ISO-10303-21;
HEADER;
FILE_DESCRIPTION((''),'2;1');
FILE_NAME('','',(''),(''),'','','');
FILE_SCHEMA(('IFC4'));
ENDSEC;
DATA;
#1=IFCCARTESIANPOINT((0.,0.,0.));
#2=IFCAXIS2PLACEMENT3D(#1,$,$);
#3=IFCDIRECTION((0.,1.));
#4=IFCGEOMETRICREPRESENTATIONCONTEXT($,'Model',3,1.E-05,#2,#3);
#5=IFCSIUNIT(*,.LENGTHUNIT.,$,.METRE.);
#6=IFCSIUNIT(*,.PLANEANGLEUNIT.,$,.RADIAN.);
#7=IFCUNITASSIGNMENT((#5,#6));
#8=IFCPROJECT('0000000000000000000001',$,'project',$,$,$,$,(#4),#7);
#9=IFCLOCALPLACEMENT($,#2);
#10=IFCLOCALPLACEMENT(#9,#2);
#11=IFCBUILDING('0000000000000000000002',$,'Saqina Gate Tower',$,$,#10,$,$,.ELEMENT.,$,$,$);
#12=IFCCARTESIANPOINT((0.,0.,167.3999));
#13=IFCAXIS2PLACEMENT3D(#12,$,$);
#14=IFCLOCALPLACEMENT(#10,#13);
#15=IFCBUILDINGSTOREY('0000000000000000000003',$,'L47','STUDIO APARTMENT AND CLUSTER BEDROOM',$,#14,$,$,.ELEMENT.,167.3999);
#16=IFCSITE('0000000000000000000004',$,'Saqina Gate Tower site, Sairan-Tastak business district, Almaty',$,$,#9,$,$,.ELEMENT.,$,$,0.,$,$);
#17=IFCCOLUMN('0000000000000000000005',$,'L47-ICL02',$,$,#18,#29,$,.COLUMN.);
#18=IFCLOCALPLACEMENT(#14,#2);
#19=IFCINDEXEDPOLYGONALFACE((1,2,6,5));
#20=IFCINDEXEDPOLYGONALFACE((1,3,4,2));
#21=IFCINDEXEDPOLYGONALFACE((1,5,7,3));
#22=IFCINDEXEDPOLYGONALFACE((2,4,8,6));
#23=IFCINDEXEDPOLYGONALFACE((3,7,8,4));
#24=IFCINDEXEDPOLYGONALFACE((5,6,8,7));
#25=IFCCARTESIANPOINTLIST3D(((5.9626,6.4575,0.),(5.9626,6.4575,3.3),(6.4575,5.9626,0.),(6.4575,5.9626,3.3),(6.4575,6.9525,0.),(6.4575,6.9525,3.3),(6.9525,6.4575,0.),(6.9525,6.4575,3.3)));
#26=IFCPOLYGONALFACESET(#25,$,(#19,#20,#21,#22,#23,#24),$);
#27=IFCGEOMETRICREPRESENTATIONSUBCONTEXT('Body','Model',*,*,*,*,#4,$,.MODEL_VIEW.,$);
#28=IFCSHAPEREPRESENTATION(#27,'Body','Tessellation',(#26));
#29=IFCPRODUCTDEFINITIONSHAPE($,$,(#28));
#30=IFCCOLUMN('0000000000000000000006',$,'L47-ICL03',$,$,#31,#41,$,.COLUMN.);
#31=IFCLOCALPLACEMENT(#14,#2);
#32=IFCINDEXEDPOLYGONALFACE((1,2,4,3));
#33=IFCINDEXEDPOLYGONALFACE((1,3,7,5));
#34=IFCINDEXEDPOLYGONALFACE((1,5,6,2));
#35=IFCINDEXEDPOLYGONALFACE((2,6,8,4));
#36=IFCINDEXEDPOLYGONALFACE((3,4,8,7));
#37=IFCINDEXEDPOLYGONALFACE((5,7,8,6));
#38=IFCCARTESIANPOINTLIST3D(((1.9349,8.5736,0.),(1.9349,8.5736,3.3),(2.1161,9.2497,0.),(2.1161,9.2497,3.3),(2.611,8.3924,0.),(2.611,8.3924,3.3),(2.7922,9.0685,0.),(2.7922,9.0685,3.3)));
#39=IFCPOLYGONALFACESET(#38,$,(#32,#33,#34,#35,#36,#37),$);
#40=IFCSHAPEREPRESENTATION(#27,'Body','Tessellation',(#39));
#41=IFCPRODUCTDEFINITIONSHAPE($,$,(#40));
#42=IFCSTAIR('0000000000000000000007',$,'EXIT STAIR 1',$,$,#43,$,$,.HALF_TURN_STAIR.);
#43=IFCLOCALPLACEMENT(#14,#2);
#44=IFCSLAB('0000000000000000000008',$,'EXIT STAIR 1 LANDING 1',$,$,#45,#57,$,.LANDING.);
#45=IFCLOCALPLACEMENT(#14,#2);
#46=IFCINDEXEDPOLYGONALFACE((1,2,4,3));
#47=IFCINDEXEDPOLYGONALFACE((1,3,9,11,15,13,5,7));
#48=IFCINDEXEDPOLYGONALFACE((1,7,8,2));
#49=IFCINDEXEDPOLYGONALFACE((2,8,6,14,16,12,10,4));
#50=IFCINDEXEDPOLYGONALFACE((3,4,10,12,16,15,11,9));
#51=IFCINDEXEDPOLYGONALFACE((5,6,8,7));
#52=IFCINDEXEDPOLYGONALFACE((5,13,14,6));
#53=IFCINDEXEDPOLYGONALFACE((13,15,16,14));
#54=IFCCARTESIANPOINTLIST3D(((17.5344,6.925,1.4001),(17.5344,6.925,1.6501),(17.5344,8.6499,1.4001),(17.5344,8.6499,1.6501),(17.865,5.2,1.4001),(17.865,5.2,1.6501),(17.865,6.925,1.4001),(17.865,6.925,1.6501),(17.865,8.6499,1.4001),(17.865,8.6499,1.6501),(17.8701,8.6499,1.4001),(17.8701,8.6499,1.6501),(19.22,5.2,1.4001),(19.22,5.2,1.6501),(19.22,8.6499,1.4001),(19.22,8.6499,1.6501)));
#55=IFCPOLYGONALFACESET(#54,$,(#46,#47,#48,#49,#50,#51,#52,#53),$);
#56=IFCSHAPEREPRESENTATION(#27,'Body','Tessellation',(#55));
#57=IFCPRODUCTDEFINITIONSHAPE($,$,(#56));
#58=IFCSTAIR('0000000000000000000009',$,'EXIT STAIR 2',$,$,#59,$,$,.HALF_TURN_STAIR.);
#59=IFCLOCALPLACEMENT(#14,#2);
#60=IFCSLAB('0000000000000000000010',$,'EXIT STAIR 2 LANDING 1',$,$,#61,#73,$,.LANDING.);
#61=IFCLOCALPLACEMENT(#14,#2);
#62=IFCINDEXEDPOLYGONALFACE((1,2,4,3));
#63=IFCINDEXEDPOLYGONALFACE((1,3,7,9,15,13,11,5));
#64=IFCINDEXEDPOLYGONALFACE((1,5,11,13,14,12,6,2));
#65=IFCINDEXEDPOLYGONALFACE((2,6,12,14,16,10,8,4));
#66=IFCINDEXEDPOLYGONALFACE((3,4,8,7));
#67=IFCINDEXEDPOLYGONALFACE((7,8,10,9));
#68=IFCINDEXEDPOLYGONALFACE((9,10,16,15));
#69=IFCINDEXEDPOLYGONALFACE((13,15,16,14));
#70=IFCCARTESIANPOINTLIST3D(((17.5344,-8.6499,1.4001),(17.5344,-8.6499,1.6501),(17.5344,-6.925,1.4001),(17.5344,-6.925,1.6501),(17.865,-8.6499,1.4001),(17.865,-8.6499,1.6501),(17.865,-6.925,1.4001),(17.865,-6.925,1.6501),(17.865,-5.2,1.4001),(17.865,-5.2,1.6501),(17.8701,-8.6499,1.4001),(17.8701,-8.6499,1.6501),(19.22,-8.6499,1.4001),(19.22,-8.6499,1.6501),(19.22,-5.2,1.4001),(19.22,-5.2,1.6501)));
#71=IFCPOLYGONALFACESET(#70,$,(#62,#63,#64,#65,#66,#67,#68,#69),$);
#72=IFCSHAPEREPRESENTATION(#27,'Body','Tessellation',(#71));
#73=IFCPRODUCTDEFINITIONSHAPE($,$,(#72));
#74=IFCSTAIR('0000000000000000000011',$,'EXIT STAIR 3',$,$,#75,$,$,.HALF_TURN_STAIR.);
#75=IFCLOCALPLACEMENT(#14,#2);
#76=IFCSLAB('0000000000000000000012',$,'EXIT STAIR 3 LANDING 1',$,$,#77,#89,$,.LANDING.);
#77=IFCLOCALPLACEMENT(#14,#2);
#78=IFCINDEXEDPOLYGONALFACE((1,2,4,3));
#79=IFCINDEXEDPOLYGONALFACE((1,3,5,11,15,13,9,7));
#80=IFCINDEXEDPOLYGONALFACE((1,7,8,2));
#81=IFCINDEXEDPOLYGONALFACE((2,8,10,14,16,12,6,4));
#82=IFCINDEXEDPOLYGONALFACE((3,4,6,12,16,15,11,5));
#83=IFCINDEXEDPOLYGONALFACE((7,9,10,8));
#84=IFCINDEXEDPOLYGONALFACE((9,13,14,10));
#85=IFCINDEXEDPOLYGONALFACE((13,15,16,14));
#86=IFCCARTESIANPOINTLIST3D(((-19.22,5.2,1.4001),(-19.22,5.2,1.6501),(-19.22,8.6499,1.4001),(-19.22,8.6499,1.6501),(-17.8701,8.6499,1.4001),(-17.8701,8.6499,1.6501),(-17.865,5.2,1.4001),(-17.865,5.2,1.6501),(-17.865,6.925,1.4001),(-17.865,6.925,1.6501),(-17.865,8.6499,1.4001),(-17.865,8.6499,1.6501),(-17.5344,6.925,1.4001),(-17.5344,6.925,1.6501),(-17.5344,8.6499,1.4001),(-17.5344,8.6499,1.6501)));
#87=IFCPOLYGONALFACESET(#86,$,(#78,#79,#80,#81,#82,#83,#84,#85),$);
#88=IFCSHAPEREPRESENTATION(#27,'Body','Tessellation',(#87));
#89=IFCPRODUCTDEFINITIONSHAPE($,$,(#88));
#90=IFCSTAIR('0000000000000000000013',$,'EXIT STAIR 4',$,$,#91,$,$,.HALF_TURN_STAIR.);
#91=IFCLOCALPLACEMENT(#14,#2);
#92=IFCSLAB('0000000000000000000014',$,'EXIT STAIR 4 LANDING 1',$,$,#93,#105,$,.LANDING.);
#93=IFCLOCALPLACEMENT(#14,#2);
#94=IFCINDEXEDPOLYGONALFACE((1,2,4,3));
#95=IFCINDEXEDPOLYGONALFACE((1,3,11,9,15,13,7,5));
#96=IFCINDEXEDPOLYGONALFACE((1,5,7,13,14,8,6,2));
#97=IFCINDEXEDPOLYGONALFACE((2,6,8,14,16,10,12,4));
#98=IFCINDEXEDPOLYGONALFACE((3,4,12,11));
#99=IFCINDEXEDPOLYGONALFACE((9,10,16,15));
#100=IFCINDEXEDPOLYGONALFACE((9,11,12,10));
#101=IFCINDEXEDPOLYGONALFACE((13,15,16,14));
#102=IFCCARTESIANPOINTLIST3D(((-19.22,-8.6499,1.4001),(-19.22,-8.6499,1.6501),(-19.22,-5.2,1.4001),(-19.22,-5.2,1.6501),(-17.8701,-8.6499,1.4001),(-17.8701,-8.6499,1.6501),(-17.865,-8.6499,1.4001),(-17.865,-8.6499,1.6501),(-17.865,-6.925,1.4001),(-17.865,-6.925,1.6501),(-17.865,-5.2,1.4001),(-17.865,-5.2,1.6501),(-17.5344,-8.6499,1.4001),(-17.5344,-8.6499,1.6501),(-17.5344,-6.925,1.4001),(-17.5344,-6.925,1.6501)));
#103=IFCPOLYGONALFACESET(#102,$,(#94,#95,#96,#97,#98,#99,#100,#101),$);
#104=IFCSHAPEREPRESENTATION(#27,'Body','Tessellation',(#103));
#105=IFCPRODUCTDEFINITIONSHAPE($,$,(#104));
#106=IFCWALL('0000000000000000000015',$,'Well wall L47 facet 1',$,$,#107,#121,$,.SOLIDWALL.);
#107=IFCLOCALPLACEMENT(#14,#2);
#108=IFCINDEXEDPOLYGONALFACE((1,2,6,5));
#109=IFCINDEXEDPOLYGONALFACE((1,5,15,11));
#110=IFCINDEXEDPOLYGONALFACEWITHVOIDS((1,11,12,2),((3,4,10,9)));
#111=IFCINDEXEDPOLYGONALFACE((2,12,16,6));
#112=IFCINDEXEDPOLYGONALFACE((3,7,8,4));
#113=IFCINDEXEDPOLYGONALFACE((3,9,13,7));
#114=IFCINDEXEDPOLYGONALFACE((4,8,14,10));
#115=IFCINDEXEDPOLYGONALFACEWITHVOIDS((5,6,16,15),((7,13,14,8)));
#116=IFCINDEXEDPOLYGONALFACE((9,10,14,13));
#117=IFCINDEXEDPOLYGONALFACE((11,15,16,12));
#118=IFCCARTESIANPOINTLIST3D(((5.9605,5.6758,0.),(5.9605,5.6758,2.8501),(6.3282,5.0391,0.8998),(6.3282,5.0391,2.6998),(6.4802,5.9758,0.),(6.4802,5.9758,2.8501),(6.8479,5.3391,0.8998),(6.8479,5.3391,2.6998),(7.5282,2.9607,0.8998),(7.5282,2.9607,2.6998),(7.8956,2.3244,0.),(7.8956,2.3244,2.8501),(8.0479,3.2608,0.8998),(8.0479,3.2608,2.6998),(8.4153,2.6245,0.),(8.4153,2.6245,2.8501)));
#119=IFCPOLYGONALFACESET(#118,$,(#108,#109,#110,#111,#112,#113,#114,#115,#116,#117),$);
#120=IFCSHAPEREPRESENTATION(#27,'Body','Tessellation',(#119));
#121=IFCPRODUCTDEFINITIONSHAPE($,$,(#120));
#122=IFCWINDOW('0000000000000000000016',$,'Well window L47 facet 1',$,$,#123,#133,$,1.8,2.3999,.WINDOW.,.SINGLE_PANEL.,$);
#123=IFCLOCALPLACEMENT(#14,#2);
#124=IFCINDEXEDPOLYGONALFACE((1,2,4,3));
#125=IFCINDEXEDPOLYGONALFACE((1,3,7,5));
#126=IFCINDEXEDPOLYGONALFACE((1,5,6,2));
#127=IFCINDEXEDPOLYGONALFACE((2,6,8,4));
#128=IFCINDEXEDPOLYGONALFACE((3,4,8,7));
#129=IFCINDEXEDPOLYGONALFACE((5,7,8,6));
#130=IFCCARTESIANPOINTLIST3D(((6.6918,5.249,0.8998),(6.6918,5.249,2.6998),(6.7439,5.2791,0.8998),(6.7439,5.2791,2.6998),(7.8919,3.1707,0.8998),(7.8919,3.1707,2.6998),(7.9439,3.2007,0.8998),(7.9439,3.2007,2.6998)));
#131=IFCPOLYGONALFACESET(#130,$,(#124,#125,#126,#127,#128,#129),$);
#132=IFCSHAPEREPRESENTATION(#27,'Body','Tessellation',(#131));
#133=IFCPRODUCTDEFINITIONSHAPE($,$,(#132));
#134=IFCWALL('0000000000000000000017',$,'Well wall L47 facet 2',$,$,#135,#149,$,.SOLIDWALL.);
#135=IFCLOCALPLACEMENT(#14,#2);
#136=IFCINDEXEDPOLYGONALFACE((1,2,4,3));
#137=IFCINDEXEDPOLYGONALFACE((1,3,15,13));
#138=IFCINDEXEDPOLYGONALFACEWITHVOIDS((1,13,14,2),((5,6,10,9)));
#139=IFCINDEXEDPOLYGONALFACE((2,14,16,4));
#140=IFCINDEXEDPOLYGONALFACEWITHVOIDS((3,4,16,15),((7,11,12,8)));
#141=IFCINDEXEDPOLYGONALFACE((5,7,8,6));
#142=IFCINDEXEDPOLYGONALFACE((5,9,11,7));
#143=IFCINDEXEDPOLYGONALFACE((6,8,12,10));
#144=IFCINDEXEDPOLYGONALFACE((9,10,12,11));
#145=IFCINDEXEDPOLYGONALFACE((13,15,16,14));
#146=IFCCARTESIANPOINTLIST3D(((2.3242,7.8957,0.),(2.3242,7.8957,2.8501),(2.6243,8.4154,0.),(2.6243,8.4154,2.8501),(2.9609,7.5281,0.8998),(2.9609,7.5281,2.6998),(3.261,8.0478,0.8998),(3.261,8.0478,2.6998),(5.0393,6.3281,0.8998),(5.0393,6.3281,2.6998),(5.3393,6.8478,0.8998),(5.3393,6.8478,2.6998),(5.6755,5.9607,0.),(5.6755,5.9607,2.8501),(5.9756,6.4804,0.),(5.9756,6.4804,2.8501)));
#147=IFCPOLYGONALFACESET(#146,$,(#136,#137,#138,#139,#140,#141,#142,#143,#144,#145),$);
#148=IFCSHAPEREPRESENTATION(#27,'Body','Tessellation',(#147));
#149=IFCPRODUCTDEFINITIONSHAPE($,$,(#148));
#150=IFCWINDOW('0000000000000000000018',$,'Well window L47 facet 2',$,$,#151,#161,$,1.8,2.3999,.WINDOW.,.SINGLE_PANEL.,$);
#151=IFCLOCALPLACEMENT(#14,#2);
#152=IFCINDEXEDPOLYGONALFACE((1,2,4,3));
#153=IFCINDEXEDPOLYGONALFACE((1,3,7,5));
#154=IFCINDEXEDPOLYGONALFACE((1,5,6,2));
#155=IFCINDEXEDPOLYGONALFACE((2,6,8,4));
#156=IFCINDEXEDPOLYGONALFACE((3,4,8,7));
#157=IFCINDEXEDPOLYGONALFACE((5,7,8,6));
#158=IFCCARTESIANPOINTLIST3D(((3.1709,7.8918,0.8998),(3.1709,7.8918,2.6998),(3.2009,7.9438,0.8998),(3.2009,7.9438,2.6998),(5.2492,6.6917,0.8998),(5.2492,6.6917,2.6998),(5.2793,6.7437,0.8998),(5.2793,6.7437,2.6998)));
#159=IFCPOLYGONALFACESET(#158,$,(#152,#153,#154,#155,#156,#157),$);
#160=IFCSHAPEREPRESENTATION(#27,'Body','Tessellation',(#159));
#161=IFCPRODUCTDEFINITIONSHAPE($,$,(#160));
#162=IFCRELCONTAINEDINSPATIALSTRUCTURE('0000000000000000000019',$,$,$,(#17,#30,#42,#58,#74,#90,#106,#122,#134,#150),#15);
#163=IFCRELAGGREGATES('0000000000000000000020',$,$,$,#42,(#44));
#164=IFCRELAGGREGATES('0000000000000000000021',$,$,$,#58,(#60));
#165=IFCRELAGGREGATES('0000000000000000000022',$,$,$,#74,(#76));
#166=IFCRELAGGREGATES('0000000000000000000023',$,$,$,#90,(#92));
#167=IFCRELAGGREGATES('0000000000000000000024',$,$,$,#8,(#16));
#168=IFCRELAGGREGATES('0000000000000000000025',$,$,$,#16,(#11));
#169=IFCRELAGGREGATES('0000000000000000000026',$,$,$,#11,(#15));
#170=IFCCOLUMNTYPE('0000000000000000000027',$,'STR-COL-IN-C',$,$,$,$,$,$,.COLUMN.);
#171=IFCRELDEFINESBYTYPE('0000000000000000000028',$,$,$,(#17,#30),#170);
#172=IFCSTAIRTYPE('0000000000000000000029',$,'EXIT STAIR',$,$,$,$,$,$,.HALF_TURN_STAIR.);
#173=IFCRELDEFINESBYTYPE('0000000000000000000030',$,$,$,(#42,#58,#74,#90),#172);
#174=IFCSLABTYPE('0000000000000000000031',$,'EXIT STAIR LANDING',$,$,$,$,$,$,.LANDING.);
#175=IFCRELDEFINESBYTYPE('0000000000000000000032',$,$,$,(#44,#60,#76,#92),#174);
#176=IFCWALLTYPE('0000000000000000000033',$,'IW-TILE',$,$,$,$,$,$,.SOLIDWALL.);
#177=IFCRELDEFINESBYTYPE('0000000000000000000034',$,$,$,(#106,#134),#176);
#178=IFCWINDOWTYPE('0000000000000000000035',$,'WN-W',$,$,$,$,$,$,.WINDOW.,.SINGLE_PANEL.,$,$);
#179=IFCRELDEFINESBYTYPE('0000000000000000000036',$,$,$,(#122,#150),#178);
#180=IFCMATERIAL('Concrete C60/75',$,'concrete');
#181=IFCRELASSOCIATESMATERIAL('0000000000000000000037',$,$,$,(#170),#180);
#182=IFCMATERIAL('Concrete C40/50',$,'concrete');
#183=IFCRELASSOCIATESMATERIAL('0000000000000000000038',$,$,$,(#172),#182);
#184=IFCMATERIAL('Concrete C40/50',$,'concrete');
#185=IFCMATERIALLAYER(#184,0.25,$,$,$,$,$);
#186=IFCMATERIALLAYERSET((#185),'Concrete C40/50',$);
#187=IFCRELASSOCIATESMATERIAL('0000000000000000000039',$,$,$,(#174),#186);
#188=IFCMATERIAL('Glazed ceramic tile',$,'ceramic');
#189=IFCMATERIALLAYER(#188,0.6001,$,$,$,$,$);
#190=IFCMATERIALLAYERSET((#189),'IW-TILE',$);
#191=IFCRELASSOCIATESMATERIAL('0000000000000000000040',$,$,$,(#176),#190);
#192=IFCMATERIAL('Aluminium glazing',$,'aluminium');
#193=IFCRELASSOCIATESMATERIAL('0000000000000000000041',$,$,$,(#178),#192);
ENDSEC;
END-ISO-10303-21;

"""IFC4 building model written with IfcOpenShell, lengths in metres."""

from ifc_helpers import new_model, si_unit, direction, frame, frame_2d, origin, origin_2d, place, context, subcontext, project, spatial, polyline, rectangle, outline, extrude, material, layer, layer_set, material_profile, profile_set, type_object, element, fill, aggregate, save


model = new_model("IFC4")

# Units and contexts
model_context = context("Model", 3, precision=1e-05, world=origin(), true_north=direction((0.0, 1.0)))
body_context = subcontext(model_context, "Body", "Model", "MODEL_VIEW")
ifc_project = project(units=[si_unit("LENGTHUNIT", "METRE"), si_unit("PLANEANGLEUNIT", "RADIAN")], contexts=[model_context])

# Site, building, storey
site_placement = place(None, origin())
site = spatial("IfcSite", under=ifc_project, at=site_placement, Name="Saqina Gate Tower site, Sairan-Tastak business district, Almaty", CompositionType="ELEMENT", RefElevation=0.0)
building_placement = place(site_placement, origin())
building = spatial("IfcBuilding", under=site, at=building_placement, Name="Saqina Gate Tower", CompositionType="ELEMENT")
storey_placement = place(building_placement, frame((0.0, 0.0, 167.3999)))
storey = spatial("IfcBuildingStorey", under=building, at=storey_placement, Name="L47", Description="STUDIO APARTMENT AND CLUSTER BEDROOM", CompositionType="ELEMENT", Elevation=167.3999)

# Columns
ifc_material_1 = material(Name="Concrete C60/75", Category="concrete")
ifc_material_profile = material_profile(ifc_material_1, rectangle(XDim=0.7, YDim=0.7, at=origin_2d()), Name="RC 700x700")
ifc_profile_set = profile_set([ifc_material_profile], Name="Concrete C60/75")
column_type = type_object("IfcColumnType", Name="STR-COL-IN-C", PredefinedType="COLUMN", material=ifc_profile_set)
for number, where, z_axis, x_axis, name in (
    (1, (6.4575, 6.4575, 0.0), (0.0, 0.0, 1.0), (0.707107, 0.707107, 0.0), "L47-ICL02"),
    (2, (2.3635, 8.821, 0.0), (0.0, 0.0, 1.0), (0.258819, 0.965926, 0.0), "L47-ICL03"),
):
    element("IfcColumn", number, at=place(storey_placement, frame(where, z_axis=z_axis, x_axis=x_axis)), inside=storey, type_object=column_type, Name=name, PredefinedType="COLUMN", context=body_context, shape_type="SweptSolid", body=[
        extrude(rectangle(XDim=0.7, YDim=0.7, at=origin_2d()), origin(), (0.0, 0.0, 1.0), 3.3),
    ])

# Stairs, slabs
ifc_material_2 = material(Name="Concrete C40/50", Category="concrete")
stair_type = type_object("IfcStairType", Name="EXIT STAIR", PredefinedType="HALF_TURN_STAIR", material=ifc_material_2)
stair_1_placement = place(storey_placement, origin())
stair_1 = element("IfcStair", 3, at=stair_1_placement, inside=storey, type_object=stair_type, Name="EXIT STAIR 1", PredefinedType="HALF_TURN_STAIR")
ifc_material_3 = material(Name="Concrete C40/50", Category="concrete")
ifc_layer_1 = layer(ifc_material_3, 0.25)
ifc_layer_set_1 = layer_set([ifc_layer_1], Name="Concrete C40/50")
slab_type = type_object("IfcSlabType", Name="EXIT STAIR LANDING", PredefinedType="LANDING", material=ifc_layer_set_1)
slab_1_placement = place(storey_placement, frame((0.0, 0.0, 1.4001)))
slab_1 = element("IfcSlab", 4, at=slab_1_placement, type_object=slab_type, Name="EXIT STAIR 1 LANDING 1", PredefinedType="LANDING", context=body_context, shape_type="SweptSolid", body=[
    extrude(outline(polyline([(19.22, 8.6499), (19.22, 5.2), (17.865, 5.2), (17.865, 6.925), (17.5344, 6.925), (17.5344, 8.6499), (17.865, 8.6499), (17.8701, 8.6499), (19.22, 8.6499)])), origin(), (0.0, 0.0, 1.0), 0.25),
])
aggregate(stair_1, [slab_1])
stair_2_placement = place(storey_placement, origin())
stair_2 = element("IfcStair", 5, at=stair_2_placement, inside=storey, type_object=stair_type, Name="EXIT STAIR 2", PredefinedType="HALF_TURN_STAIR")
slab_2_placement = place(storey_placement, frame((0.0, 0.0, 1.4001)))
slab_2 = element("IfcSlab", 6, at=slab_2_placement, type_object=slab_type, Name="EXIT STAIR 2 LANDING 1", PredefinedType="LANDING", context=body_context, shape_type="SweptSolid", body=[
    extrude(outline(polyline([(17.5344, -8.6499), (17.5344, -6.925), (17.865, -6.925), (17.865, -5.2), (19.22, -5.2), (19.22, -8.6499), (17.8701, -8.6499), (17.865, -8.6499), (17.5344, -8.6499)])), origin(), (0.0, 0.0, 1.0), 0.25),
])
aggregate(stair_2, [slab_2])
stair_3_placement = place(storey_placement, origin())
stair_3 = element("IfcStair", 7, at=stair_3_placement, inside=storey, type_object=stair_type, Name="EXIT STAIR 3", PredefinedType="HALF_TURN_STAIR")
slab_3_placement = place(storey_placement, frame((0.0, 0.0, 1.4001)))
slab_3 = element("IfcSlab", 8, at=slab_3_placement, type_object=slab_type, Name="EXIT STAIR 3 LANDING 1", PredefinedType="LANDING", context=body_context, shape_type="SweptSolid", body=[
    extrude(outline(polyline([(-17.865, 5.2), (-19.22, 5.2), (-19.22, 8.6499), (-17.8701, 8.6499), (-17.865, 8.6499), (-17.5344, 8.6499), (-17.5344, 6.925), (-17.865, 6.925), (-17.865, 5.2)])), origin(), (0.0, 0.0, 1.0), 0.25),
])
aggregate(stair_3, [slab_3])
stair_4_placement = place(storey_placement, origin())
stair_4 = element("IfcStair", 9, at=stair_4_placement, inside=storey, type_object=stair_type, Name="EXIT STAIR 4", PredefinedType="HALF_TURN_STAIR")
slab_4_placement = place(storey_placement, frame((0.0, 0.0, 1.4001)))
slab_4 = element("IfcSlab", 10, at=slab_4_placement, type_object=slab_type, Name="EXIT STAIR 4 LANDING 1", PredefinedType="LANDING", context=body_context, shape_type="SweptSolid", body=[
    extrude(outline(polyline([(-17.5344, -6.925), (-17.5344, -8.6499), (-17.865, -8.6499), (-17.8701, -8.6499), (-19.22, -8.6499), (-19.22, -5.2), (-17.865, -5.2), (-17.865, -6.925), (-17.5344, -6.925)])), origin(), (0.0, 0.0, 1.0), 0.25),
])
aggregate(stair_4, [slab_4])

# Walls, openings, windows
ifc_material_4 = material(Name="Glazed ceramic tile", Category="ceramic")
ifc_layer_2 = layer(ifc_material_4, 0.6001)
ifc_layer_set_2 = layer_set([ifc_layer_2], Name="IW-TILE")
wall_type_1 = type_object("IfcWallType", Name="IW-TILE", PredefinedType="SOLIDWALL", material=ifc_layer_set_2)
wall_1_placement = place(storey_placement, frame((8.1555, 2.4744, 0.0), z_axis=(0.0, 0.0, 1.0), x_axis=(-0.500034, 0.866006, 0.0)))
wall_1 = element("IfcWall", 11, at=wall_1_placement, inside=storey, type_object=wall_type_1, Name="Well wall L47 facet 1", PredefinedType="SOLIDWALL", context=body_context, shape_type="SweptSolid", body=[
    extrude(rectangle(XDim=3.8699, YDim=0.6001, at=frame_2d((1.9351, 0.0))), origin(), (0.0, 0.0, 1.0), 2.8501),
])
opening_1_placement = place(wall_1_placement, frame((0.7349, 0.0, 0.8999)))
opening_1 = element("IfcOpeningElement", 12, at=opening_1_placement, cuts=wall_1, PredefinedType="OPENING", context=body_context, shape_type="SweptSolid", body=[
    extrude(rectangle(XDim=2.3999, YDim=1.8, at=frame_2d((1.2, 0.8999))), frame((0.0, 0.312, 0.0), z_axis=(0.0, -1.0, 0.0), x_axis=(1.0, 0.0, 0.0)), (0.0, 0.0, 1.0), 0.624),
])
ifc_material_5 = material(Name="Aluminium glazing", Category="aluminium")
window_type = type_object("IfcWindowType", Name="WN-W", PartitioningType="SINGLE_PANEL", PredefinedType="WINDOW", material=ifc_material_5)
window_1_placement = place(opening_1_placement, origin())
window_1 = element("IfcWindow", 13, at=window_1_placement, inside=storey, type_object=window_type, Name="Well window L47 facet 1", OverallHeight=1.8, OverallWidth=2.3999, PartitioningType="SINGLE_PANEL", PredefinedType="WINDOW", context=body_context, shape_type="SweptSolid", body=[
    extrude(rectangle(XDim=2.3999, YDim=1.8, at=frame_2d((1.2, 0.8999))), frame((0.0, -0.1199, 0.0), z_axis=(0.0, -1.0, 0.0), x_axis=(1.0, 0.0, 0.0)), (0.0, 0.0, 1.0), 0.0601),
])
fill(opening_1, window_1)
wall_2_placement = place(storey_placement, frame((5.8257, 6.2205, 0.0), z_axis=(0.0, 0.0, 1.0), x_axis=(-0.866006, 0.500034, 0.0)))
wall_2 = element("IfcWall", 14, at=wall_2_placement, inside=storey, type_object=wall_type_1, Name="Well wall L47 facet 2", PredefinedType="SOLIDWALL", context=body_context, shape_type="SweptSolid", body=[
    extrude(rectangle(XDim=3.8699, YDim=0.6001, at=frame_2d((1.9351, 0.0))), origin(), (0.0, 0.0, 1.0), 2.8501),
])
opening_2_placement = place(wall_2_placement, frame((0.7349, 0.0, 0.8999)))
opening_2 = element("IfcOpeningElement", 15, at=opening_2_placement, cuts=wall_2, PredefinedType="OPENING", context=body_context, shape_type="SweptSolid", body=[
    extrude(rectangle(XDim=2.3999, YDim=1.8, at=frame_2d((1.2, 0.8999))), frame((0.0, 0.312, 0.0), z_axis=(0.0, -1.0, 0.0), x_axis=(1.0, 0.0, 0.0)), (0.0, 0.0, 1.0), 0.624),
])
window_2_placement = place(opening_2_placement, origin())
window_2 = element("IfcWindow", 16, at=window_2_placement, inside=storey, type_object=window_type, Name="Well window L47 facet 2", OverallHeight=1.8, OverallWidth=2.3999, PartitioningType="SINGLE_PANEL", PredefinedType="WINDOW", context=body_context, shape_type="SweptSolid", body=[
    extrude(rectangle(XDim=2.3999, YDim=1.8, at=frame_2d((1.2, 0.8999))), frame((0.0, -0.1199, 0.0), z_axis=(0.0, -1.0, 0.0), x_axis=(1.0, 0.0, 0.0)), (0.0, 0.0, 1.0), 0.0601),
])
fill(opening_2, window_2)

save(model, "model.ifc")
